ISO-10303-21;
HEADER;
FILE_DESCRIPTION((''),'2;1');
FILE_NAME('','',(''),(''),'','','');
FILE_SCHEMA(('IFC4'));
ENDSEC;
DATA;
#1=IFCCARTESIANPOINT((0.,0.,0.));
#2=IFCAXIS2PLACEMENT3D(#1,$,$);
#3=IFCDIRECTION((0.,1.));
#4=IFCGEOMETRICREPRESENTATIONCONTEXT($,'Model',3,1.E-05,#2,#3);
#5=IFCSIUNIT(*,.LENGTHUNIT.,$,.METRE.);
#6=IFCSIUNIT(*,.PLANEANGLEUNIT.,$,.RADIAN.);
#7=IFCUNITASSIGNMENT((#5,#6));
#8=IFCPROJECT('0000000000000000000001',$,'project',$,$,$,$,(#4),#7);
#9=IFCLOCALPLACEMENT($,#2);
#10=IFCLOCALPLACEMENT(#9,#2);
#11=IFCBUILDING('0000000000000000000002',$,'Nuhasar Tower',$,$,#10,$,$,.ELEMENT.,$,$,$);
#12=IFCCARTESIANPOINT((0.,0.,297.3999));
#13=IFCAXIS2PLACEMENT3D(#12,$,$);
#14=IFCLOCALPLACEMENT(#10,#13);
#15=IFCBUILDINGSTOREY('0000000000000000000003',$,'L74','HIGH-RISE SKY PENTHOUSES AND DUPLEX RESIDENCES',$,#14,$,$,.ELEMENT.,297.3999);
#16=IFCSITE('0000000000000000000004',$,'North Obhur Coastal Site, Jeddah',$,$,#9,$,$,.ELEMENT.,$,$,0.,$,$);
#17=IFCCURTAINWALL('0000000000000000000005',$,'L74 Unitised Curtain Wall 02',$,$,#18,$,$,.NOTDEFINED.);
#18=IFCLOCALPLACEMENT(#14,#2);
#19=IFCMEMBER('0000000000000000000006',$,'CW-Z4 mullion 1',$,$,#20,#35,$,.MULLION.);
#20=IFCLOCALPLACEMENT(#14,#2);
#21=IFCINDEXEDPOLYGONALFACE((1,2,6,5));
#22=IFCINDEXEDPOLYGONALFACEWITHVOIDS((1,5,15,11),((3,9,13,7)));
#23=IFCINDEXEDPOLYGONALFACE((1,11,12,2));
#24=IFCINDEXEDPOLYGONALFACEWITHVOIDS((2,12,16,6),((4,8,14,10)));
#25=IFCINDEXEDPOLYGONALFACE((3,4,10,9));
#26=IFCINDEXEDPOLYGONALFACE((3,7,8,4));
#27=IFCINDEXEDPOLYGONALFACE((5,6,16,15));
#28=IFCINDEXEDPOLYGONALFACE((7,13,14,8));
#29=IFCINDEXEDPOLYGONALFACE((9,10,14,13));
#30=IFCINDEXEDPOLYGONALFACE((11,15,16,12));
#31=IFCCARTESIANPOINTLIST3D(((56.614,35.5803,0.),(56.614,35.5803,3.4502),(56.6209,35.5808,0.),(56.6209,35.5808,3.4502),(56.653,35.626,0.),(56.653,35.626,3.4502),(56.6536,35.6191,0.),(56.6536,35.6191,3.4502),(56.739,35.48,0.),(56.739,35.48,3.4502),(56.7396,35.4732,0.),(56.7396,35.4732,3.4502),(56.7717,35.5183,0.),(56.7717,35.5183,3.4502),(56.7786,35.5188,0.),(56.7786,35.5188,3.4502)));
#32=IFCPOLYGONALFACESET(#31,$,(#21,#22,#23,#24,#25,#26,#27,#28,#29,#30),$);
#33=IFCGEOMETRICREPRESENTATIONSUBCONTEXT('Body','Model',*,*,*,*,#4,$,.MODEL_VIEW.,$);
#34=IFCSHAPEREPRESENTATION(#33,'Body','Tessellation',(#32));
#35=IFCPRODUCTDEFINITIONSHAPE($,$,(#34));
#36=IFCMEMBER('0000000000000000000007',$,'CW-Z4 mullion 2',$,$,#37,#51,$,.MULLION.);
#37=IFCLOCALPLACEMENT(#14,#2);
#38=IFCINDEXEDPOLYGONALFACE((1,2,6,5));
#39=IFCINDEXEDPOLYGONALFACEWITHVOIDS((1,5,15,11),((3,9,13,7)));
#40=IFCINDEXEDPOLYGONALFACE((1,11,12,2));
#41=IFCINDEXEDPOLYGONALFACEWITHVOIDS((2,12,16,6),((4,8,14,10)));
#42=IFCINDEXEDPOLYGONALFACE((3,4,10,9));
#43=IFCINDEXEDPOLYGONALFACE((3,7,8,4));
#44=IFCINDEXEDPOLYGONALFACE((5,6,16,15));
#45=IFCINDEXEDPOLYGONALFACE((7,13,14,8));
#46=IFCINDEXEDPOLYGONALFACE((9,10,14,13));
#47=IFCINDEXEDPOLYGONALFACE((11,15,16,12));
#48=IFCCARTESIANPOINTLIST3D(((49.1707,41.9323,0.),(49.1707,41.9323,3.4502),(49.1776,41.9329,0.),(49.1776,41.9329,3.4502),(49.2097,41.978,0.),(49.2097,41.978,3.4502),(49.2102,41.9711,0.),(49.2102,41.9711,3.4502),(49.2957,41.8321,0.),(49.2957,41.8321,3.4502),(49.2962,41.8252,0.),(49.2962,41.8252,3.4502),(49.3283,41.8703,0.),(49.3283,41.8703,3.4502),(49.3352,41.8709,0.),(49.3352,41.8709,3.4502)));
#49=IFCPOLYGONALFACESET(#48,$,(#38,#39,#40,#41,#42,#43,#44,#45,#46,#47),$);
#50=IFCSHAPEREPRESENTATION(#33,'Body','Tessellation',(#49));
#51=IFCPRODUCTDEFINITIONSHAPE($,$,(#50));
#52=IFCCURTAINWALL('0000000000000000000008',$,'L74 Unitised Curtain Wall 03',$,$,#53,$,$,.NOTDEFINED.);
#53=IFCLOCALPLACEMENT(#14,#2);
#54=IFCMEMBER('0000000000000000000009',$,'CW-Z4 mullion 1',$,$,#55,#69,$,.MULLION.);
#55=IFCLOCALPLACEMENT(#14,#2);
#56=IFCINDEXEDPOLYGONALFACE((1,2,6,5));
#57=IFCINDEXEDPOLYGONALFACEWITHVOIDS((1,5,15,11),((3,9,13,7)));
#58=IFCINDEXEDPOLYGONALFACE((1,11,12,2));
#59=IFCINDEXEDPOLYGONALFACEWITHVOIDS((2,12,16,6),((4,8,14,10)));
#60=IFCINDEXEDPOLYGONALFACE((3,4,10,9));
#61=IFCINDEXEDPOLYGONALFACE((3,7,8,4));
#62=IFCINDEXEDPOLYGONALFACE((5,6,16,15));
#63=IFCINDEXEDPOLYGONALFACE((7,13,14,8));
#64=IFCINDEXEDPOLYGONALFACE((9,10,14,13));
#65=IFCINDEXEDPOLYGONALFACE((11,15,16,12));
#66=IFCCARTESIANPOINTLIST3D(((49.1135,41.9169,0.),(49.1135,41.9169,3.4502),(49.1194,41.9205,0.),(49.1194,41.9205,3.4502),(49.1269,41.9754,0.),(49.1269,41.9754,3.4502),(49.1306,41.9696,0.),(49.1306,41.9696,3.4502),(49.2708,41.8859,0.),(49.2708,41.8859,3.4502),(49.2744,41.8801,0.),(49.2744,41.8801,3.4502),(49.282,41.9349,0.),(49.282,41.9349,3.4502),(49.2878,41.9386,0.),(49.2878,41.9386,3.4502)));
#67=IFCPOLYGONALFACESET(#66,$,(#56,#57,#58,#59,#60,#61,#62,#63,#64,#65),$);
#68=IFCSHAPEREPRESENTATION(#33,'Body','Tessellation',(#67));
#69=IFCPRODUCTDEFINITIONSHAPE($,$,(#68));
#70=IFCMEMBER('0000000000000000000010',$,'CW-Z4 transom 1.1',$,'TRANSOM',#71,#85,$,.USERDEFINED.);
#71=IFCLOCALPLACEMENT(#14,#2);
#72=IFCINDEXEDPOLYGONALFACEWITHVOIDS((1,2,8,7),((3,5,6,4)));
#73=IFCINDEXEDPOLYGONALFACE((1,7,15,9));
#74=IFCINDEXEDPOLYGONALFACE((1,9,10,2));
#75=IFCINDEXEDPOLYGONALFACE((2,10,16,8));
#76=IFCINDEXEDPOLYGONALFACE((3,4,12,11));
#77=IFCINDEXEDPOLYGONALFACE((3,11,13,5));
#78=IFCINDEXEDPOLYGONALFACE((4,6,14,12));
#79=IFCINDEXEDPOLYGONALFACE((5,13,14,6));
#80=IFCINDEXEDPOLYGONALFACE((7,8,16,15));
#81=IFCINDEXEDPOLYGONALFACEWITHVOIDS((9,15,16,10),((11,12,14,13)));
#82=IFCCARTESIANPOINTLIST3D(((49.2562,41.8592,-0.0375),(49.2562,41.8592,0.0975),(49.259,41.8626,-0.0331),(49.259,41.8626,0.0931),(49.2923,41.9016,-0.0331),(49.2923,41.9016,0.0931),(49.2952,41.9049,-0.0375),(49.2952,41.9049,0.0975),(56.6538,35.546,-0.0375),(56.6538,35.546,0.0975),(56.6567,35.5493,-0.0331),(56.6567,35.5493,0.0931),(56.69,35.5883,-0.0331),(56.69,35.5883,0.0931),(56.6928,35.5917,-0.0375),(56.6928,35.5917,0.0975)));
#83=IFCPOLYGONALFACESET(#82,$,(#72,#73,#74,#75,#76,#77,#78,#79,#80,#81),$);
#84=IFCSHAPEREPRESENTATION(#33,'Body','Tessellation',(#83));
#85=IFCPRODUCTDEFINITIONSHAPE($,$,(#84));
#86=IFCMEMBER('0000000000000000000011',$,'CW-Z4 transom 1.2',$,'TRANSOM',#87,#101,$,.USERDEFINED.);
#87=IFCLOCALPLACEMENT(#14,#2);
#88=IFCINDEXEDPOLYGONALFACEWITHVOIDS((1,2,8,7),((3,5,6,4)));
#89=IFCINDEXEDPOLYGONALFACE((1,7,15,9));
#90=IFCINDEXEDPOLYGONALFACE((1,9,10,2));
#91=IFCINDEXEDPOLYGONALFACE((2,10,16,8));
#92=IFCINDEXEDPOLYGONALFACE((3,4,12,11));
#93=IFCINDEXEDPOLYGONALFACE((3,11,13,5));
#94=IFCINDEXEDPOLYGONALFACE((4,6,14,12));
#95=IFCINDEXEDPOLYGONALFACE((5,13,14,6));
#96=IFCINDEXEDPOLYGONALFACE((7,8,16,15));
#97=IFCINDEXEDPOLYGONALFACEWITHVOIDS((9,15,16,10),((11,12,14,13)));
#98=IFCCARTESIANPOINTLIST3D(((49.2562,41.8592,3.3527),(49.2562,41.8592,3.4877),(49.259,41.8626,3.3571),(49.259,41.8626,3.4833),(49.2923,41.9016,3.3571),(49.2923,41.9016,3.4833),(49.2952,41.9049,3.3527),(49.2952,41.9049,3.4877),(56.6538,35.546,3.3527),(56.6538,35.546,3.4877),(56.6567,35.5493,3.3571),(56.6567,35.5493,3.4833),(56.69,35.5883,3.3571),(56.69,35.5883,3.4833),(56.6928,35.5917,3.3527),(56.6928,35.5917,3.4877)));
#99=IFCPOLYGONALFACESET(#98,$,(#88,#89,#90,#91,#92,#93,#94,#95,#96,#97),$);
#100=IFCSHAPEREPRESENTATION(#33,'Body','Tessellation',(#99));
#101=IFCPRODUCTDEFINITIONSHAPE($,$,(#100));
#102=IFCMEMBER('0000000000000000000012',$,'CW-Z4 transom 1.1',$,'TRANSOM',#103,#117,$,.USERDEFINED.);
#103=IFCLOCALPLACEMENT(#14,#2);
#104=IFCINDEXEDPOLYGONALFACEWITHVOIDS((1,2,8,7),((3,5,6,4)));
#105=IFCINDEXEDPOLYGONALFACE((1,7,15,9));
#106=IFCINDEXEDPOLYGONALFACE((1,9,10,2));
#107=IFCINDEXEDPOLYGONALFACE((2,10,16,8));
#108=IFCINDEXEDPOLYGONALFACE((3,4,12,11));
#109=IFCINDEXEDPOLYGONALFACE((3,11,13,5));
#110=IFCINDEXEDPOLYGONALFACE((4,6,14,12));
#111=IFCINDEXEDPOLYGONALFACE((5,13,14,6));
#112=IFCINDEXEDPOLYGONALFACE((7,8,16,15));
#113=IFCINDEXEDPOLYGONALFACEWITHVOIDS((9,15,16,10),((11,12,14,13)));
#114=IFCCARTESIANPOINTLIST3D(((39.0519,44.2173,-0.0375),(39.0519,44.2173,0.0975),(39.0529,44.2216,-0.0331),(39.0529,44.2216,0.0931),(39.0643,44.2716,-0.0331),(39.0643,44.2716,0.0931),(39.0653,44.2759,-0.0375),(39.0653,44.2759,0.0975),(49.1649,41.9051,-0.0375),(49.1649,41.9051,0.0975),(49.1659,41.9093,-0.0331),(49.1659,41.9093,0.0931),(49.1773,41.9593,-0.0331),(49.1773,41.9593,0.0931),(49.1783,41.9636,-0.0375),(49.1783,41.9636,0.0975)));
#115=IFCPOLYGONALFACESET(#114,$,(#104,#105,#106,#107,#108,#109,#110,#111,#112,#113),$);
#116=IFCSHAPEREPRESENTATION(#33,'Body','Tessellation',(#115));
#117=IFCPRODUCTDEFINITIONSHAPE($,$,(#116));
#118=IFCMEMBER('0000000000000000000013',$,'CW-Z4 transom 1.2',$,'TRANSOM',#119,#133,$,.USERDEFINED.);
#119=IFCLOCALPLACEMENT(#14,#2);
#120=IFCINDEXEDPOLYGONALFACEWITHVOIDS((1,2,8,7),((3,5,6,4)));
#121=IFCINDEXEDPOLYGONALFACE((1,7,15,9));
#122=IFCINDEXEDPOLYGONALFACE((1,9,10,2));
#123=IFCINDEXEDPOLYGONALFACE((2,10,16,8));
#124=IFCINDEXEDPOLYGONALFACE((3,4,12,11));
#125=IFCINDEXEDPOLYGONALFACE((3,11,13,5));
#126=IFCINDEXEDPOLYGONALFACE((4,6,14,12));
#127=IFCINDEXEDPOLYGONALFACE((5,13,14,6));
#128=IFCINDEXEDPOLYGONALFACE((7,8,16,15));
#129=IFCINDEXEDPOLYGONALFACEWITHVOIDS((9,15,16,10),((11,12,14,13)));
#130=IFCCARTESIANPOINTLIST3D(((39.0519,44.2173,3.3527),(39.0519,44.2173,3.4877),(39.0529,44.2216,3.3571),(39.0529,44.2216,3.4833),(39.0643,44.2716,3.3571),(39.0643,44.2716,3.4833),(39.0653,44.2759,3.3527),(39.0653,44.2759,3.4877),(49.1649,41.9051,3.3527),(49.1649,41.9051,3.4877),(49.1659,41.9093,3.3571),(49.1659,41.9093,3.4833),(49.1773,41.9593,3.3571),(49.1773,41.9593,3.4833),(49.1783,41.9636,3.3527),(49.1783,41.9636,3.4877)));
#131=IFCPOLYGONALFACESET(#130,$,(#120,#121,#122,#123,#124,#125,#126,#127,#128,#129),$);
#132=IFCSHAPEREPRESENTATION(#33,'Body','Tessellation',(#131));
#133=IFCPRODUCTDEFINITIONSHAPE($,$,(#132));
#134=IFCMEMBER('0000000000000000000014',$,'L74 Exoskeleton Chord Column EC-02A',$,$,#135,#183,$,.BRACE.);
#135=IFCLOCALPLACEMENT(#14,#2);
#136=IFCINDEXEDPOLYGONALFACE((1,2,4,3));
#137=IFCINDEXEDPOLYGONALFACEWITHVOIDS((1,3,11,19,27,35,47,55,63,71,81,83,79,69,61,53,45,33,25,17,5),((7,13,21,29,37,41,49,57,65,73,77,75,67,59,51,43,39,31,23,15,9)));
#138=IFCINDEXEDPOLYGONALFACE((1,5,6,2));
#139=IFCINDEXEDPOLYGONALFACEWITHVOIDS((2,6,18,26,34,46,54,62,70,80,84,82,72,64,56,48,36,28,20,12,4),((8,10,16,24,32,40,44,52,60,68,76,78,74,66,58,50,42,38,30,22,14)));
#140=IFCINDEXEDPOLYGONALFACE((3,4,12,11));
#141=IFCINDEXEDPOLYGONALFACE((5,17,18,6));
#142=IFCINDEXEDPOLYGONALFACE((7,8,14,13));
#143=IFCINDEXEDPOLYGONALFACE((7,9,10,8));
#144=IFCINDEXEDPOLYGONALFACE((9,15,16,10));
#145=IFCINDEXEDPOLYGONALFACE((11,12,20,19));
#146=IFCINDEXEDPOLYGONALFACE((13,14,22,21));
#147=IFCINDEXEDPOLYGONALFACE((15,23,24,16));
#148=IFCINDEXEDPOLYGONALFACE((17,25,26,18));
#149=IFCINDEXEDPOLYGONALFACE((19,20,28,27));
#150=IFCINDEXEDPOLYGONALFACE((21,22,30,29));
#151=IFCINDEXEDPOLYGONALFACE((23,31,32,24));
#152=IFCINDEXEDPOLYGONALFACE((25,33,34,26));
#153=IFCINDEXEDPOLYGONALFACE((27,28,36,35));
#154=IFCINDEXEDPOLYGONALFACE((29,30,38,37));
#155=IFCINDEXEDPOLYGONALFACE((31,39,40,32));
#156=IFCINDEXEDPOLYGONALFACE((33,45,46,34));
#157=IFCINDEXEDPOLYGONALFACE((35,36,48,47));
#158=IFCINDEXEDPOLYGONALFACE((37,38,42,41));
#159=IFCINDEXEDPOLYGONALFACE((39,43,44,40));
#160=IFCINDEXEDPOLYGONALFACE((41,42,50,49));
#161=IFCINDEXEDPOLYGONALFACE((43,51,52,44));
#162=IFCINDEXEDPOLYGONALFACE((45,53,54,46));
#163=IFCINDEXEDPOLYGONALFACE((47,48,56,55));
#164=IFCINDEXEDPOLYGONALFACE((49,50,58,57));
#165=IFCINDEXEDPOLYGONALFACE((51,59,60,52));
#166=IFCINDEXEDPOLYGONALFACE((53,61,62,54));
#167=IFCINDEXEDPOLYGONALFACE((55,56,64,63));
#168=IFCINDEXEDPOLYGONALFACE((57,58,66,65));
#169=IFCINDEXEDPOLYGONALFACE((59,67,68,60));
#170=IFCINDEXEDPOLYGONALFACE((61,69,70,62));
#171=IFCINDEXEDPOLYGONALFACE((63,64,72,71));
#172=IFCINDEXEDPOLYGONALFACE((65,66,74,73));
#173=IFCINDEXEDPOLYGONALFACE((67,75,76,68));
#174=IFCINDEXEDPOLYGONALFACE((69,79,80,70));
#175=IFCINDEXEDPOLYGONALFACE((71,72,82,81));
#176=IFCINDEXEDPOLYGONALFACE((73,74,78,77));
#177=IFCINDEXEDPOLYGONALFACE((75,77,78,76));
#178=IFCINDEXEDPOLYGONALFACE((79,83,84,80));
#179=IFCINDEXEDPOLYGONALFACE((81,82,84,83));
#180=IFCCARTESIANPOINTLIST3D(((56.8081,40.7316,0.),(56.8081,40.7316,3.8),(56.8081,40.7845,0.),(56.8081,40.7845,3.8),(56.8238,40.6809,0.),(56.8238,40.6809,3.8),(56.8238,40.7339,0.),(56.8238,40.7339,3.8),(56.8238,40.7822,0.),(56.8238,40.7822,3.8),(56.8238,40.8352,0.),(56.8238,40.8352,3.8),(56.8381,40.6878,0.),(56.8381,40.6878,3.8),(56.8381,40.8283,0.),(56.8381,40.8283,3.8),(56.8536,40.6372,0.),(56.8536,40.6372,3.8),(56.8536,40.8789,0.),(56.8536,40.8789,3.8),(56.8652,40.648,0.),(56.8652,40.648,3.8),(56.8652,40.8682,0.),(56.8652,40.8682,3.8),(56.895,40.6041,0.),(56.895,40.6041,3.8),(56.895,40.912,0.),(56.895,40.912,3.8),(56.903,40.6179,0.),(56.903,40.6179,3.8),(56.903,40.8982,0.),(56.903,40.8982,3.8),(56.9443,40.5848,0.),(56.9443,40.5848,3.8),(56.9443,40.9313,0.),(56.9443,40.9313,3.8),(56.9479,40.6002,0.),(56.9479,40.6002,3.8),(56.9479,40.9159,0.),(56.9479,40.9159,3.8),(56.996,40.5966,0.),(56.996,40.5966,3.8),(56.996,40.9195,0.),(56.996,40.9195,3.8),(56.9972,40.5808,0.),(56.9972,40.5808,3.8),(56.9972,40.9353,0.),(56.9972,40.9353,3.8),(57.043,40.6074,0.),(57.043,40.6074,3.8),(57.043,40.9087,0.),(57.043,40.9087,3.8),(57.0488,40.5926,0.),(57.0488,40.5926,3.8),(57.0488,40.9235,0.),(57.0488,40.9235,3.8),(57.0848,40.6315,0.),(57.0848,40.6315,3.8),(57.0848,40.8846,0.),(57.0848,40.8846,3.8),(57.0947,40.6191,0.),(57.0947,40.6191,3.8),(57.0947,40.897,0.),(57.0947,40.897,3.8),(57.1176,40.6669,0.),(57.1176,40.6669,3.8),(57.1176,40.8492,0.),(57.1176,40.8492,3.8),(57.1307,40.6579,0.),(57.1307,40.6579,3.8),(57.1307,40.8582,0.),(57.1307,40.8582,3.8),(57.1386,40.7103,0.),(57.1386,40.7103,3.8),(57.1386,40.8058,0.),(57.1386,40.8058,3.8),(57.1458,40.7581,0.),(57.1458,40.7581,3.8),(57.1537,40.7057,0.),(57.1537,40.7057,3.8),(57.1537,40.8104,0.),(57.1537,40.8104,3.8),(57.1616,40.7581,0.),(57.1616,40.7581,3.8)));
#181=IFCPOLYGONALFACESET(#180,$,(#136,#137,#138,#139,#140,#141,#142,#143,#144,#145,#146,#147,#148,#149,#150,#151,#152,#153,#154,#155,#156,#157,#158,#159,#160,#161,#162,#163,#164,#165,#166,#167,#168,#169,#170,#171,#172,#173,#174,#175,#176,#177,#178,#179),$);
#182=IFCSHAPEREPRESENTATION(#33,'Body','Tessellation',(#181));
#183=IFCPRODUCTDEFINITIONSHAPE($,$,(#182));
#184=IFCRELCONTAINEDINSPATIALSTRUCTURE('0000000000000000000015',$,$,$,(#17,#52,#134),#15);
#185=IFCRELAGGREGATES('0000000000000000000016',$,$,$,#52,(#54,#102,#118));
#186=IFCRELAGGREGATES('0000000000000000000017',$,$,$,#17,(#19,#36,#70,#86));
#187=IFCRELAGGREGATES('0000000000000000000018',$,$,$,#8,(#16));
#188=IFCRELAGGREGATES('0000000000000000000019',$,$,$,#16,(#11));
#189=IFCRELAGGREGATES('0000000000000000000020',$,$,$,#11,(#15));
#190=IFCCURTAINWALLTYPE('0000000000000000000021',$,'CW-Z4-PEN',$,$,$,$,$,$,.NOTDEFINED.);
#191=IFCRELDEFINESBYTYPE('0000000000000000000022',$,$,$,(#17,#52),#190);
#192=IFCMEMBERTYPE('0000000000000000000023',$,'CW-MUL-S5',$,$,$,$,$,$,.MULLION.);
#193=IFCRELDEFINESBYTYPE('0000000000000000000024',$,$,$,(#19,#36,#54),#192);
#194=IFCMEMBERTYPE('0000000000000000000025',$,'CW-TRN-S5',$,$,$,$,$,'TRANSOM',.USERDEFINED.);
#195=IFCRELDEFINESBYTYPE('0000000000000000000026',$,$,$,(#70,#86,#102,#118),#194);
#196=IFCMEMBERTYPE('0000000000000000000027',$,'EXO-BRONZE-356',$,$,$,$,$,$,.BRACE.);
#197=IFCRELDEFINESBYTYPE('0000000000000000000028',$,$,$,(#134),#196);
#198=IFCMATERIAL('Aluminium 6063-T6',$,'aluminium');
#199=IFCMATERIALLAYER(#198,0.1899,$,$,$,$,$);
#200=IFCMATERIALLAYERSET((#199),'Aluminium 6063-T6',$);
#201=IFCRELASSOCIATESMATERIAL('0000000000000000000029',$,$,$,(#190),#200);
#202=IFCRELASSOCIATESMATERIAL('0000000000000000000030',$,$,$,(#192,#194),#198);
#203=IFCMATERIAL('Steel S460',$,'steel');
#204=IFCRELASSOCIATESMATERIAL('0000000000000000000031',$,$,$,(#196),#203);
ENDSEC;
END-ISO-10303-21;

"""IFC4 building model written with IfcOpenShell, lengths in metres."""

from ifc_helpers import new_model, si_unit, direction, frame, origin, origin_2d, place, context, subcontext, project, spatial, hollow_rectangle, hollow_circle, extrude, material, layer, layer_set, material_profile, profile_set, type_object, element, aggregate, save


model = new_model("IFC4")

# Units and contexts
model_context = context("Model", 3, precision=1e-05, world=origin(), true_north=direction((0.0, 1.0)))
body_context = subcontext(model_context, "Body", "Model", "MODEL_VIEW")
ifc_project = project(units=[si_unit("LENGTHUNIT", "METRE"), si_unit("PLANEANGLEUNIT", "RADIAN")], contexts=[model_context])

# Site, building, storey
site_placement = place(None, origin())
site = spatial("IfcSite", under=ifc_project, at=site_placement, Name="North Obhur Coastal Site, Jeddah", CompositionType="ELEMENT", RefElevation=0.0)
building_placement = place(site_placement, origin())
building = spatial("IfcBuilding", under=site, at=building_placement, Name="Nuhasar Tower", CompositionType="ELEMENT")
storey_placement = place(building_placement, frame((0.0, 0.0, 297.3999)))
storey = spatial("IfcBuildingStorey", under=building, at=storey_placement, Name="L74", Description="HIGH-RISE SKY PENTHOUSES AND DUPLEX RESIDENCES", CompositionType="ELEMENT", Elevation=297.3999)

# Curtain wall, members
ifc_material_1 = material(Name="Aluminium 6063-T6", Category="aluminium")
ifc_layer_1 = layer(ifc_material_1, 0.1899)
ifc_layer_set_1 = layer_set([ifc_layer_1], Name="Aluminium 6063-T6")
curtain_wall_type = type_object("IfcCurtainWallType", Name="CW-Z4-PEN", PredefinedType="NOTDEFINED", material=ifc_layer_set_1)
curtain_wall_1_placement = place(storey_placement, origin())
curtain_wall_1 = element("IfcCurtainWall", 1, at=curtain_wall_1_placement, inside=storey, type_object=curtain_wall_type, Name="L74 Unitised Curtain Wall 02", PredefinedType="NOTDEFINED")
ifc_material_profile_1 = material_profile(ifc_material_1, hollow_rectangle(XDim=0.0601, YDim=0.165, WallThickness=0.0049, at=origin_2d()), Name="CWM-5")
ifc_profile_set_1 = profile_set([ifc_material_profile_1], Name="Aluminium 6063-T6")
member_type_1 = type_object("IfcMemberType", Name="CW-MUL-S5", PredefinedType="MULLION", material=ifc_profile_set_1)
member_1_placement = place(storey_placement, frame((56.6963, 35.5496, 0.0), z_axis=(0.0, 0.0, 1.0), x_axis=(-0.649142, -0.760667, 0.0)))
member_1 = element("IfcMember", 2, at=member_1_placement, type_object=member_type_1, Name="CW-Z4 mullion 1", PredefinedType="MULLION", context=body_context, shape_type="SweptSolid", body=[
    extrude(hollow_rectangle(XDim=0.0601, YDim=0.165, WallThickness=0.0049, at=origin_2d()), origin(), (0.0, 0.0, 1.0), 3.4502),
])
member_2_placement = place(storey_placement, frame((49.2529, 41.9016, 0.0), z_axis=(0.0, 0.0, 1.0), x_axis=(-0.649142, -0.760667, 0.0)))
member_2 = element("IfcMember", 3, at=member_2_placement, type_object=member_type_1, Name="CW-Z4 mullion 2", PredefinedType="MULLION", context=body_context, shape_type="SweptSolid", body=[
    extrude(hollow_rectangle(XDim=0.0601, YDim=0.165, WallThickness=0.0049, at=origin_2d()), origin(), (0.0, 0.0, 1.0), 3.4502),
])

# Curtain wall, member
curtain_wall_2_placement = place(storey_placement, origin())
curtain_wall_2 = element("IfcCurtainWall", 4, at=curtain_wall_2_placement, inside=storey, type_object=curtain_wall_type, Name="L74 Unitised Curtain Wall 03", PredefinedType="NOTDEFINED")
member_3_placement = place(storey_placement, frame((49.2007, 41.9277, 0.0), z_axis=(0.0, 0.0, 1.0), x_axis=(-0.222889, -0.974844, 0.0)))
member_3 = element("IfcMember", 5, at=member_3_placement, type_object=member_type_1, Name="CW-Z4 mullion 1", PredefinedType="MULLION", context=body_context, shape_type="SweptSolid", body=[
    extrude(hollow_rectangle(XDim=0.0601, YDim=0.165, WallThickness=0.0049, at=origin_2d()), origin(), (0.0, 0.0, 1.0), 3.4502),
])

# Members
ifc_material_profile_2 = material_profile(ifc_material_1, hollow_rectangle(XDim=0.0601, YDim=0.135, WallThickness=0.0044, at=origin_2d()), Name="CWT-5")
ifc_profile_set_2 = profile_set([ifc_material_profile_2], Name="Aluminium 6063-T6")
member_type_2 = type_object("IfcMemberType", Name="CW-TRN-S5", ElementType="TRANSOM", PredefinedType="USERDEFINED", material=ifc_profile_set_2)
member_4_placement = place(storey_placement, frame((56.6733, 35.5688, 0.03), z_axis=(-0.76066, 0.64915, 0.0), x_axis=(-0.64915, -0.76066, 0.0)))
member_4 = element("IfcMember", 6, at=member_4_placement, type_object=member_type_2, Name="CW-Z4 transom 1.1", ObjectType="TRANSOM", PredefinedType="USERDEFINED", context=body_context, shape_type="SweptSolid", body=[
    extrude(hollow_rectangle(XDim=0.0601, YDim=0.135, WallThickness=0.0044, at=origin_2d()), origin(), (0.0, 0.0, 1.0), 9.7253),
])
member_5_placement = place(storey_placement, frame((56.6733, 35.5688, 3.4202), z_axis=(-0.76066, 0.64915, 0.0), x_axis=(-0.64915, -0.76066, 0.0)))
member_5 = element("IfcMember", 7, at=member_5_placement, type_object=member_type_2, Name="CW-Z4 transom 1.2", ObjectType="TRANSOM", PredefinedType="USERDEFINED", context=body_context, shape_type="SweptSolid", body=[
    extrude(hollow_rectangle(XDim=0.0601, YDim=0.135, WallThickness=0.0044, at=origin_2d()), origin(), (0.0, 0.0, 1.0), 9.7253),
])
member_6_placement = place(storey_placement, frame((49.1716, 41.9343, 0.03), z_axis=(-0.974844, 0.222889, 0.0), x_axis=(-0.222889, -0.974844, 0.0)))
member_6 = element("IfcMember", 8, at=member_6_placement, type_object=member_type_2, Name="CW-Z4 transom 1.1", ObjectType="TRANSOM", PredefinedType="USERDEFINED", context=body_context, shape_type="SweptSolid", body=[
    extrude(hollow_rectangle(XDim=0.0601, YDim=0.135, WallThickness=0.0044, at=origin_2d()), origin(), (0.0, 0.0, 1.0), 10.374),
])
member_7_placement = place(storey_placement, frame((49.1716, 41.9343, 3.4202), z_axis=(-0.974844, 0.222889, 0.0), x_axis=(-0.222889, -0.974844, 0.0)))
member_7 = element("IfcMember", 9, at=member_7_placement, type_object=member_type_2, Name="CW-Z4 transom 1.2", ObjectType="TRANSOM", PredefinedType="USERDEFINED", context=body_context, shape_type="SweptSolid", body=[
    extrude(hollow_rectangle(XDim=0.0601, YDim=0.135, WallThickness=0.0044, at=origin_2d()), origin(), (0.0, 0.0, 1.0), 10.374),
])
aggregate(curtain_wall_2, [member_3, member_6, member_7])

# Member
ifc_material_2 = material(Name="Steel S460", Category="steel")
ifc_material_profile_3 = material_profile(ifc_material_2, hollow_circle(Radius=0.1777, WallThickness=0.0159, at=origin_2d()), Name="HSS355.6X15.9")
ifc_profile_set_3 = profile_set([ifc_material_profile_3], Name="Steel S460")
member_type_3 = type_object("IfcMemberType", Name="EXO-BRONZE-356", PredefinedType="BRACE", material=ifc_profile_set_3)
for number, where, z_axis, x_axis, name in (
    (10, (56.9839, 40.7581, 0.0), (0.0, 0.0, 1.0), (1.0, 0.0, 0.0), "L74 Exoskeleton Chord Column EC-02A"),
):
    element("IfcMember", number, at=place(storey_placement, frame(where, z_axis=z_axis, x_axis=x_axis)), inside=storey, type_object=member_type_3, Name=name, PredefinedType="BRACE", context=body_context, shape_type="SweptSolid", body=[
        extrude(hollow_circle(Radius=0.1777, WallThickness=0.0159, at=origin_2d()), origin(), (0.0, 0.0, 1.0), 3.8),
    ])

aggregate(curtain_wall_1, [member_1, member_2, member_4, member_5])

save(model, "model.ifc")
